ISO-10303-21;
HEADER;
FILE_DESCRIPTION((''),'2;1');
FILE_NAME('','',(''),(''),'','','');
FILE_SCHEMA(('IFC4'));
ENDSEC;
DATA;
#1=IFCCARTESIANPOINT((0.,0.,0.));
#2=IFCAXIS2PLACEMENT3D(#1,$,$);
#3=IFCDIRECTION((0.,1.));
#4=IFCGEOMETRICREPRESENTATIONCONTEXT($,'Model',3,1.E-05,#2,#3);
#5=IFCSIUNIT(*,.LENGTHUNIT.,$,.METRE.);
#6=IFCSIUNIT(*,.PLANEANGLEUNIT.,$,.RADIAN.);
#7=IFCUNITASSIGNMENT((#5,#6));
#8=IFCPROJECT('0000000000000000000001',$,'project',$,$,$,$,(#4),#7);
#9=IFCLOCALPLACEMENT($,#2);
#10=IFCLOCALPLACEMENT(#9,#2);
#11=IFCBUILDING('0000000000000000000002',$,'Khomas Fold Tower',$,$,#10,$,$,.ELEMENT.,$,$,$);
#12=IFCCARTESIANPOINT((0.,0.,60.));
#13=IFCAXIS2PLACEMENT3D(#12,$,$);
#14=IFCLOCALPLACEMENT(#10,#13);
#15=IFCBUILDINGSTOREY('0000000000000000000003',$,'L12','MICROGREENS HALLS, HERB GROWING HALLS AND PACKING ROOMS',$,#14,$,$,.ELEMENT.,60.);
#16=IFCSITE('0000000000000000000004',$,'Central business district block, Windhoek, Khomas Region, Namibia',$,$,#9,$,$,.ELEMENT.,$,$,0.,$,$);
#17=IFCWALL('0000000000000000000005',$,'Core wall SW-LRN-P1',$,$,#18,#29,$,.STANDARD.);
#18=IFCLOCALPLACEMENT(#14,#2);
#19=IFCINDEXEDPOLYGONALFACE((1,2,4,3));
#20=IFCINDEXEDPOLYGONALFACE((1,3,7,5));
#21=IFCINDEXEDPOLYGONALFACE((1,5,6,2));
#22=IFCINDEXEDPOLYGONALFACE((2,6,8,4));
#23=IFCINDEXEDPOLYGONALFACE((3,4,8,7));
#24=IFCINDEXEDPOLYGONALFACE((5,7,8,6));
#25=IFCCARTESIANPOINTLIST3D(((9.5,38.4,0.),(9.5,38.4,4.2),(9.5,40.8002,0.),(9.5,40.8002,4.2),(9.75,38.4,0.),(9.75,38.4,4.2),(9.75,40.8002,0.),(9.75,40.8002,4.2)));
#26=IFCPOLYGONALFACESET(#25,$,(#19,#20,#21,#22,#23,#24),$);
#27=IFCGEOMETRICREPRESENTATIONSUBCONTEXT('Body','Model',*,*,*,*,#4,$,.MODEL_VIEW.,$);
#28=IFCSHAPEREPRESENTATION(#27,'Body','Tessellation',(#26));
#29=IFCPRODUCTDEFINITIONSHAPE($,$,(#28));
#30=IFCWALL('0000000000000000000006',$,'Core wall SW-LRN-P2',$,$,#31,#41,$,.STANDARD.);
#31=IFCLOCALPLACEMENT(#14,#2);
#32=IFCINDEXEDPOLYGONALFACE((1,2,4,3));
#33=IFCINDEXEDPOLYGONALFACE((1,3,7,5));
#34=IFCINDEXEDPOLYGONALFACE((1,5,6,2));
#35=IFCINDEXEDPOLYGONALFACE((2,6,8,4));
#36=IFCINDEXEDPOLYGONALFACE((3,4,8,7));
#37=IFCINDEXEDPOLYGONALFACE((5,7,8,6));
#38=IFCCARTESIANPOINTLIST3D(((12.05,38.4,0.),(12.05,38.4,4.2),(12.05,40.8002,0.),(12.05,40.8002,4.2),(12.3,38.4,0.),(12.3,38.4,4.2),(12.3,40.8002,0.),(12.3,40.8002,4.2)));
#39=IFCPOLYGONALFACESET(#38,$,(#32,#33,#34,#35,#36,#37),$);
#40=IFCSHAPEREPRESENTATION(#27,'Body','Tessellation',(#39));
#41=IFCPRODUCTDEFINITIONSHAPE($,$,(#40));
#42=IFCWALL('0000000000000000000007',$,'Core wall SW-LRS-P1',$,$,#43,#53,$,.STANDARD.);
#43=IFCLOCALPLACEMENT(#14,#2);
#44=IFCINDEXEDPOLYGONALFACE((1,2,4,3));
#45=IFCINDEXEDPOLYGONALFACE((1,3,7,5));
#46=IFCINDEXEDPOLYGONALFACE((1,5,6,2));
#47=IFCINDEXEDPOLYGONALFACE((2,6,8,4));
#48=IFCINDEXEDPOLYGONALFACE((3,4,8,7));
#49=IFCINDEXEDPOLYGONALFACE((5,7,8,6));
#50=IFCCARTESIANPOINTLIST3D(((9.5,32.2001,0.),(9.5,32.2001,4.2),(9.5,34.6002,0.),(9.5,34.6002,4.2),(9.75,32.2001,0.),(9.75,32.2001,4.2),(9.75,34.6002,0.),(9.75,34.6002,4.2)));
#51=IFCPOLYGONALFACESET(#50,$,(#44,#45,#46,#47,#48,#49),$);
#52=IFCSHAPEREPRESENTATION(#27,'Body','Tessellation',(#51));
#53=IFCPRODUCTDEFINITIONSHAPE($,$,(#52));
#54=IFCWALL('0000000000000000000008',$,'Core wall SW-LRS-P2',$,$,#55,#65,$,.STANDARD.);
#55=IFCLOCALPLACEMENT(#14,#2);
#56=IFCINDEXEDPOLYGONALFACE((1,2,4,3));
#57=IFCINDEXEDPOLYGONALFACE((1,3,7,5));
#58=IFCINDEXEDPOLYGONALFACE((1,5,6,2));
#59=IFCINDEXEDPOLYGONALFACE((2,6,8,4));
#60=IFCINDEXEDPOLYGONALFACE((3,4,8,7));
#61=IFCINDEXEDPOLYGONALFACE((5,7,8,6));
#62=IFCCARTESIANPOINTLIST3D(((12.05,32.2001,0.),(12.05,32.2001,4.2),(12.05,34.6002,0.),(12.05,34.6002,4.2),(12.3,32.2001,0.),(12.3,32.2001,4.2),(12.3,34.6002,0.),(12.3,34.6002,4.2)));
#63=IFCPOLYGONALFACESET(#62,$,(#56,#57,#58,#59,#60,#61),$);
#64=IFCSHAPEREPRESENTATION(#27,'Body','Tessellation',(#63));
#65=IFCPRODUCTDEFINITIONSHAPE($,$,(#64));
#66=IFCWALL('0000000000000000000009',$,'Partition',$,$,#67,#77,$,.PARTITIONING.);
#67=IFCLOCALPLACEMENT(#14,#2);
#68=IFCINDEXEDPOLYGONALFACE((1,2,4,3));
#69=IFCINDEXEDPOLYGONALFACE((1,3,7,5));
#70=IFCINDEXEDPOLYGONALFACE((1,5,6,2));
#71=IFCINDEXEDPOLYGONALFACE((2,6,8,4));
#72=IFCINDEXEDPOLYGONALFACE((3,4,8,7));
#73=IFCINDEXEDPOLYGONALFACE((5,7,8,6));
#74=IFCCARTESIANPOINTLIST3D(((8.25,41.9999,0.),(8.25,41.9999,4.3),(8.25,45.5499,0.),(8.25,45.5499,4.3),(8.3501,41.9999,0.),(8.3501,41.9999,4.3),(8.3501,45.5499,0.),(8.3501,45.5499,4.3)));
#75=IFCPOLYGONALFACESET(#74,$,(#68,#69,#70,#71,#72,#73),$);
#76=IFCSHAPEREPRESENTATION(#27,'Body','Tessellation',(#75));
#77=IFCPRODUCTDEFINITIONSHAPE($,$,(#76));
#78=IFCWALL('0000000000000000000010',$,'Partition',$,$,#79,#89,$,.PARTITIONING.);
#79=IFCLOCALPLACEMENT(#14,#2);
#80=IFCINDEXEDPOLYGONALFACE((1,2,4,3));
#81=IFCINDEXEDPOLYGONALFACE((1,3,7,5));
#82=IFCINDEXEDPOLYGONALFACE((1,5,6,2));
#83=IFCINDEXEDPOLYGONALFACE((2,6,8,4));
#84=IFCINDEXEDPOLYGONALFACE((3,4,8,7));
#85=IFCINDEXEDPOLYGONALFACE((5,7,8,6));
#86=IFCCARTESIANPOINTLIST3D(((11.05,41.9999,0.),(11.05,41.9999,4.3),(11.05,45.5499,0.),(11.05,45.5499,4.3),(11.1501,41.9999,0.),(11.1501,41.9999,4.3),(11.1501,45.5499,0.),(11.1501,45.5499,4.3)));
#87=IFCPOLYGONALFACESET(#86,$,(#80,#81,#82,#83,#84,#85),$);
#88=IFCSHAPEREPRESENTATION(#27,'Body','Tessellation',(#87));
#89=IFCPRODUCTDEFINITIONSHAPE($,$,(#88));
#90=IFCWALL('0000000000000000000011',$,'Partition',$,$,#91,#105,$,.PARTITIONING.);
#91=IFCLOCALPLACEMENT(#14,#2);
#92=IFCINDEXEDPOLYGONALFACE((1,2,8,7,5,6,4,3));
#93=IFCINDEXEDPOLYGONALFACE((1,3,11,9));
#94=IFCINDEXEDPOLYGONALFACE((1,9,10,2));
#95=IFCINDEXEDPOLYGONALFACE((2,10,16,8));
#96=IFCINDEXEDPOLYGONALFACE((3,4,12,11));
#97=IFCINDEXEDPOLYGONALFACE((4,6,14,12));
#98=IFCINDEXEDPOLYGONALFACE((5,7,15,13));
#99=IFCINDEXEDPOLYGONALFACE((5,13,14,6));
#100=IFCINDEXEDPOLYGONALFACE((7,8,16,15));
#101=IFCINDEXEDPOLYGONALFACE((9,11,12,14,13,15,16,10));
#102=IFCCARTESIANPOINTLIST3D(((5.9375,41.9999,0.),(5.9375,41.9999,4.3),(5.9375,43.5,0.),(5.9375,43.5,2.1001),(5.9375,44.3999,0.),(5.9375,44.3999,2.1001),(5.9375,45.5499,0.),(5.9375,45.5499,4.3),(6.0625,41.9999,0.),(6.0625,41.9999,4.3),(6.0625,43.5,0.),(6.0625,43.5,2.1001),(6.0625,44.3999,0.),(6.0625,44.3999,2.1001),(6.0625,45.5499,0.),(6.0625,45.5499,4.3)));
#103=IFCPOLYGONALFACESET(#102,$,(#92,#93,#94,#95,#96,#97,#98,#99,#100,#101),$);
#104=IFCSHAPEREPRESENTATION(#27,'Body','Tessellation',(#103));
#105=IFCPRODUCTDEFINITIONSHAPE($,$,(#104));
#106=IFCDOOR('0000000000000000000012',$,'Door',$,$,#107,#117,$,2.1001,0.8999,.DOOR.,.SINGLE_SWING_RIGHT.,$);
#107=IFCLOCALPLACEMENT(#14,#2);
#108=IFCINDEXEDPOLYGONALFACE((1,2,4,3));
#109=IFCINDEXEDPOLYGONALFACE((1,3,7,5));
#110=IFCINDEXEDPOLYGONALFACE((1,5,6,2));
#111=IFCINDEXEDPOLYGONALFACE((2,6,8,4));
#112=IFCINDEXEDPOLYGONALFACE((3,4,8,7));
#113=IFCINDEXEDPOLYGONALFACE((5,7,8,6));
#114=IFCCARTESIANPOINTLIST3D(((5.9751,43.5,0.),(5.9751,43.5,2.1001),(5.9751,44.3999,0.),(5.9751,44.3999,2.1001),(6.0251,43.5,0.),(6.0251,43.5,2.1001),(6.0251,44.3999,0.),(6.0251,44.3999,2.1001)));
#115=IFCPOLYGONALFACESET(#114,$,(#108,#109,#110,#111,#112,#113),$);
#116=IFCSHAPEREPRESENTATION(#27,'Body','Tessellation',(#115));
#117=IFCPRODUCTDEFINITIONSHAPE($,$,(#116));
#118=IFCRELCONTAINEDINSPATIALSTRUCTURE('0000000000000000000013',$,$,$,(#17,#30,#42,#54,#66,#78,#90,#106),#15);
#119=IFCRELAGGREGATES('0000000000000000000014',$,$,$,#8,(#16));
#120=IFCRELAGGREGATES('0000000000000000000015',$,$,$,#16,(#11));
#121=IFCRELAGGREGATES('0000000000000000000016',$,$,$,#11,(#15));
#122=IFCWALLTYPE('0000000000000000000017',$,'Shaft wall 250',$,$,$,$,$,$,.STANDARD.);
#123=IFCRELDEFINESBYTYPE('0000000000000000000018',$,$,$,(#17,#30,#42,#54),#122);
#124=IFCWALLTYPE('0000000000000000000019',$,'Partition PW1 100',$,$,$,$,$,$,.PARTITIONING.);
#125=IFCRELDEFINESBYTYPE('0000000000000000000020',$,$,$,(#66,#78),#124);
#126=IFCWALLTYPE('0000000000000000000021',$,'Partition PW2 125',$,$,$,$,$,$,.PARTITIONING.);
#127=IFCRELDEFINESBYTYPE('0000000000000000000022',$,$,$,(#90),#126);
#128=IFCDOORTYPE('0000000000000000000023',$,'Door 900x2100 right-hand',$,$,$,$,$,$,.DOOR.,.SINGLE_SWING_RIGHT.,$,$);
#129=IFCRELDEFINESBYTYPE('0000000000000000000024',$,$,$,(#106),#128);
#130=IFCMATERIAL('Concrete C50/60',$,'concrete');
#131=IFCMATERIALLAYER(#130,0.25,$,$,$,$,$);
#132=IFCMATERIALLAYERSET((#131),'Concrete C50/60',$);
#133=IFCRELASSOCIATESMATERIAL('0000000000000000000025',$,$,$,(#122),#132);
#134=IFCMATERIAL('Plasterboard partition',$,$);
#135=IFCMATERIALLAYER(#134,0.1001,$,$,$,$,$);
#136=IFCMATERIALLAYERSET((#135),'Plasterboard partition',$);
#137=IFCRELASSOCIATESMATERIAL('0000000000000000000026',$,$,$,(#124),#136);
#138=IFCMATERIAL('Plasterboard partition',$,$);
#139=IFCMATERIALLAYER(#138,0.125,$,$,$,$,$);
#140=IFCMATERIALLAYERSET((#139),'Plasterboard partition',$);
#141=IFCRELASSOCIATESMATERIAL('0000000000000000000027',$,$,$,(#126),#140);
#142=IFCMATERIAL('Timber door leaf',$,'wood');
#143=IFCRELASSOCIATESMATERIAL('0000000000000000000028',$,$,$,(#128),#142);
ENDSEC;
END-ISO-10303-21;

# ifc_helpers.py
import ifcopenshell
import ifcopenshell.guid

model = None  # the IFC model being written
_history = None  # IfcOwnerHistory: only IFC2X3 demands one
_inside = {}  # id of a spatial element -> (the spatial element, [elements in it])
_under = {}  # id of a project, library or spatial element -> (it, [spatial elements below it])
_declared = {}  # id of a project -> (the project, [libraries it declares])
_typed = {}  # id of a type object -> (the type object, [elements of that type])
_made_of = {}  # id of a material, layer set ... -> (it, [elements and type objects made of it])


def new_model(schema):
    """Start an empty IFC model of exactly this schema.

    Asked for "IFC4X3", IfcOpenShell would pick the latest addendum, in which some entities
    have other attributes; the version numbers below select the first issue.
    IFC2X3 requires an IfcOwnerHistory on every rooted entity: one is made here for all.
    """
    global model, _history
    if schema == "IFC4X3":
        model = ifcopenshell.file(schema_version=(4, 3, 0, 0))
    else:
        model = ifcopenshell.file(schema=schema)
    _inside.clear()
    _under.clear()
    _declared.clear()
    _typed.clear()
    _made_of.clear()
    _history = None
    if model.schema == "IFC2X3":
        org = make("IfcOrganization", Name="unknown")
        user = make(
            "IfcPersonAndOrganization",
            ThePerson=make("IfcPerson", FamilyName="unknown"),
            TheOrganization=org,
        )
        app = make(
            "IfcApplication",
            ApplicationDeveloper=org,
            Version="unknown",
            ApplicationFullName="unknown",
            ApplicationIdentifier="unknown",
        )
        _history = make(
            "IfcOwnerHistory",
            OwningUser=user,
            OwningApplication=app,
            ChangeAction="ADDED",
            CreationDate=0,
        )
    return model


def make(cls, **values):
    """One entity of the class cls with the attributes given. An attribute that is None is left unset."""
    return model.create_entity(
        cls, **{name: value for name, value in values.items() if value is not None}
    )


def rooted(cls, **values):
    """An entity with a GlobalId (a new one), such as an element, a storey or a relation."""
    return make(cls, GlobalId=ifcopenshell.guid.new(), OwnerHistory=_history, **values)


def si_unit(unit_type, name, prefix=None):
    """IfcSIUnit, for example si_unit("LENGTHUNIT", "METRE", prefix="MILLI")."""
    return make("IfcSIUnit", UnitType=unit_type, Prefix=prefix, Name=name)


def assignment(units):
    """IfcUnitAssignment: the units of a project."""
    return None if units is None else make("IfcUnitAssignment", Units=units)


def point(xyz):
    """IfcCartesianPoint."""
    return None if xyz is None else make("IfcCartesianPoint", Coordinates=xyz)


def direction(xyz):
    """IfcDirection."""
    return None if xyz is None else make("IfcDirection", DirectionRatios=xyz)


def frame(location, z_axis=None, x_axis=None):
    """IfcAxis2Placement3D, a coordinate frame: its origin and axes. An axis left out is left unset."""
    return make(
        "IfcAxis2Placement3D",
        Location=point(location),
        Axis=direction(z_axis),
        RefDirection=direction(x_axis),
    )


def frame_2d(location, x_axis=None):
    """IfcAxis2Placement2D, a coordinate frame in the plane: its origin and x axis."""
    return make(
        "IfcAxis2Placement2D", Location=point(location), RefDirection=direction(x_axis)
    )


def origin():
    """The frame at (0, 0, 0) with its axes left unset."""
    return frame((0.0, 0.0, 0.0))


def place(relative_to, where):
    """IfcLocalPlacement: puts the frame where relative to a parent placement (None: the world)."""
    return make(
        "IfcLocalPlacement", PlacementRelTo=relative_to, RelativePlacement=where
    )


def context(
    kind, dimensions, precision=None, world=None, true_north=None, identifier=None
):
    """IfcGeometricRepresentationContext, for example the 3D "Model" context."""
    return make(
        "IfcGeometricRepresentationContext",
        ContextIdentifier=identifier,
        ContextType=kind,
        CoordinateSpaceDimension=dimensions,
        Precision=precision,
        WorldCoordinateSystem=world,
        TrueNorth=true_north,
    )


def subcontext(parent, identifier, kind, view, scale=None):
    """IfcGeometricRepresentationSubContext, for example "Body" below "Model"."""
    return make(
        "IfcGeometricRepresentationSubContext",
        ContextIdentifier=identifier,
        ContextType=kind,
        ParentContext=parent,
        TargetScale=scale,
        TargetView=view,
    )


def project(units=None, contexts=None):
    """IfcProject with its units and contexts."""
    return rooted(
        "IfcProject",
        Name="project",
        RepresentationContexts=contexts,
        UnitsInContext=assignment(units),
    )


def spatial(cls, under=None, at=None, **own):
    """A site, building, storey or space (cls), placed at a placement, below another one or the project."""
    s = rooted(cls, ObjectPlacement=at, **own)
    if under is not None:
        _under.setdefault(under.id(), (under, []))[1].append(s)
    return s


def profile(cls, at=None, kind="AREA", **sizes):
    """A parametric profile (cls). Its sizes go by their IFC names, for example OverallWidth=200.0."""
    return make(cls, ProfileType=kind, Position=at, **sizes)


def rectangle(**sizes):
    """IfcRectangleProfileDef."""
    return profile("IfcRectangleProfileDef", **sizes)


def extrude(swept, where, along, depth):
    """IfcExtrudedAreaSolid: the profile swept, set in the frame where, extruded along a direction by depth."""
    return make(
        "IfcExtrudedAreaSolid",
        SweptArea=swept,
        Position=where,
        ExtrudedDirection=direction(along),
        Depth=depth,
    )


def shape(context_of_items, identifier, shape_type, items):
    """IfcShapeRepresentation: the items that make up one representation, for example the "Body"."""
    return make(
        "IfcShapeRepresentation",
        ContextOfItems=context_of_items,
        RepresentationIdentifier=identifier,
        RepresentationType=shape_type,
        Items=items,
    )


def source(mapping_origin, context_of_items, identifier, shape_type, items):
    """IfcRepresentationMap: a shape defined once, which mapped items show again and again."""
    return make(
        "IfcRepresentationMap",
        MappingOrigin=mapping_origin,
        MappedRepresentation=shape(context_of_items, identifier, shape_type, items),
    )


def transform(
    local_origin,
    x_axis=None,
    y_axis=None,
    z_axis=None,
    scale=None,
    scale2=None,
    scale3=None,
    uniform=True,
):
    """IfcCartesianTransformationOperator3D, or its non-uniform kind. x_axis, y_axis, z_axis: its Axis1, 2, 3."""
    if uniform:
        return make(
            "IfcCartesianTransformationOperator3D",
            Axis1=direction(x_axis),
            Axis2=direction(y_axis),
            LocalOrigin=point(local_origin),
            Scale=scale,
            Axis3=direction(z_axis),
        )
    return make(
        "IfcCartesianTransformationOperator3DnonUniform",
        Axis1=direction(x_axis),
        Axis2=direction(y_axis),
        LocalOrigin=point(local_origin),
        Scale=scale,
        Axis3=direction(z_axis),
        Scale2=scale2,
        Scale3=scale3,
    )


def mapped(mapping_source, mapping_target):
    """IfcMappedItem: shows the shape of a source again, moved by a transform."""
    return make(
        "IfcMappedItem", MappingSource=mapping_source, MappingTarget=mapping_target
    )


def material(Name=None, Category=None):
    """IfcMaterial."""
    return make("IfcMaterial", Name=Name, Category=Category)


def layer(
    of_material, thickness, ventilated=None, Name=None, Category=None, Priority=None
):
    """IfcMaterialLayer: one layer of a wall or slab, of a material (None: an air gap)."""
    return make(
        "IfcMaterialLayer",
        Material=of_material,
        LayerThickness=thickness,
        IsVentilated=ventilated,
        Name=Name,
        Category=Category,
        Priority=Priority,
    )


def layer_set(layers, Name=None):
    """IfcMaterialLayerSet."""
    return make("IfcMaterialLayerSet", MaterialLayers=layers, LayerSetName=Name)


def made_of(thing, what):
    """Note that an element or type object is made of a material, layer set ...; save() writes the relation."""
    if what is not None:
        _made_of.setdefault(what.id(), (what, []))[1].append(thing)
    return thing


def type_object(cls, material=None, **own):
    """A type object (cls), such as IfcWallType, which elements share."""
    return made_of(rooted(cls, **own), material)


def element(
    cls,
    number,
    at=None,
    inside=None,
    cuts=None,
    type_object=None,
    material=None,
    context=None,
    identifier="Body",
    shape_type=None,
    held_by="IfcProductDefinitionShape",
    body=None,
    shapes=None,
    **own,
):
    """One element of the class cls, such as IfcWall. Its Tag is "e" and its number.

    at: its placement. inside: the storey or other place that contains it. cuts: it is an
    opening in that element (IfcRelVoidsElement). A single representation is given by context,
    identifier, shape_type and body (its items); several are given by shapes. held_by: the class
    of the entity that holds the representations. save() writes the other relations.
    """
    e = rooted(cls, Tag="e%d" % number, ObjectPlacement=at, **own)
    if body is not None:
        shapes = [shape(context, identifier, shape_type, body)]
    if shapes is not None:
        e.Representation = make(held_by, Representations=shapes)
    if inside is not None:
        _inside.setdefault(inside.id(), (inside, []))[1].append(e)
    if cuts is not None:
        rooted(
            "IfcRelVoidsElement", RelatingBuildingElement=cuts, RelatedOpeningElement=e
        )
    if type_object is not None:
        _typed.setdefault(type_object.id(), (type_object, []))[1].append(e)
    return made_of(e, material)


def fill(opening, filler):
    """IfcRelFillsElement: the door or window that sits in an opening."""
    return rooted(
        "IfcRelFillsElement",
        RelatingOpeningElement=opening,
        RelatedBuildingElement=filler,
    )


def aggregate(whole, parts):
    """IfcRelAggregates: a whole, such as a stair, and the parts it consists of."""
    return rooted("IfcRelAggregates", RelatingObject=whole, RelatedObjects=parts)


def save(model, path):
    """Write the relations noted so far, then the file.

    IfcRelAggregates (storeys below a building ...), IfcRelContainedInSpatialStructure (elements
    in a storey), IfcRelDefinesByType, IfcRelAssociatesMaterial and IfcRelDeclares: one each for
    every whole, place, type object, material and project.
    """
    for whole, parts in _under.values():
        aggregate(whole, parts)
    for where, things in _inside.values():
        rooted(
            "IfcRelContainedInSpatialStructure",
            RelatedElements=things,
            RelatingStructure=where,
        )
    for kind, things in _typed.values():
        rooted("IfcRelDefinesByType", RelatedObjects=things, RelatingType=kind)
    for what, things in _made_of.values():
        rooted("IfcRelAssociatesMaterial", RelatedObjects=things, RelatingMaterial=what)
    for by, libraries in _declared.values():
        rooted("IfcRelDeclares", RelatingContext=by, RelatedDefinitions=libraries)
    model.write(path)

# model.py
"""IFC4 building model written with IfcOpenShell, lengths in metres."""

from ifc_helpers import new_model, si_unit, direction, frame, frame_2d, origin, place, context, subcontext, project, spatial, rectangle, extrude, source, transform, mapped, material, layer, layer_set, type_object, element, fill, save


model = new_model("IFC4")

# Units and contexts
model_context = context("Model", 3, precision=1e-05, world=origin(), true_north=direction((0.0, 1.0)))
body_context = subcontext(model_context, "Body", "Model", "MODEL_VIEW")
ifc_project = project(units=[si_unit("LENGTHUNIT", "METRE"), si_unit("PLANEANGLEUNIT", "RADIAN")], contexts=[model_context])

# Site, building, storey
site_placement = place(None, origin())
site = spatial("IfcSite", under=ifc_project, at=site_placement, Name="Central business district block, Windhoek, Khomas Region, Namibia", CompositionType="ELEMENT", RefElevation=0.0)
building_placement = place(site_placement, origin())
building = spatial("IfcBuilding", under=site, at=building_placement, Name="Khomas Fold Tower", CompositionType="ELEMENT")
storey_placement = place(building_placement, frame((0.0, 0.0, 60.0)))
storey = spatial("IfcBuildingStorey", under=building, at=storey_placement, Name="L12", Description="MICROGREENS HALLS, HERB GROWING HALLS AND PACKING ROOMS", CompositionType="ELEMENT", Elevation=60.0)

# Walls
ifc_material_1 = material(Name="Concrete C50/60", Category="concrete")
ifc_layer_1 = layer(ifc_material_1, 0.25)
ifc_layer_set_1 = layer_set([ifc_layer_1], Name="Concrete C50/60")
wall_type_1 = type_object("IfcWallType", Name="Shaft wall 250", PredefinedType="STANDARD", material=ifc_layer_set_1)
shared_shape_1 = source(origin(), body_context, "Body", "SweptSolid", [
    extrude(rectangle(XDim=2.4001, YDim=0.25, at=frame_2d((1.2002, 0.0))), origin(), (0.0, 0.0, 1.0), 4.2),
])
for number, where, z_axis, x_axis, name in (
    (1, (9.625, 38.3999, 0.0), (0.0, 0.0, 1.0), (0.0, 1.0, 0.0), "Core wall SW-LRN-P1"),
    (2, (12.175, 38.3999, 0.0), (0.0, 0.0, 1.0), (0.0, 1.0, 0.0), "Core wall SW-LRN-P2"),
    (3, (9.625, 32.2, 0.0), (0.0, 0.0, 1.0), (0.0, 1.0, 0.0), "Core wall SW-LRS-P1"),
    (4, (12.175, 32.2, 0.0), (0.0, 0.0, 1.0), (0.0, 1.0, 0.0), "Core wall SW-LRS-P2"),
):
    element("IfcWall", number, at=place(storey_placement, frame(where, z_axis=z_axis, x_axis=x_axis)), inside=storey, type_object=wall_type_1, Name=name, PredefinedType="STANDARD", context=body_context, shape_type="MappedRepresentation", body=[
        mapped(shared_shape_1, transform((0.0, 0.0, 0.0))),
    ])

# Walls
ifc_material_2 = material(Name="Plasterboard partition")
ifc_layer_2 = layer(ifc_material_2, 0.1001)
ifc_layer_set_2 = layer_set([ifc_layer_2], Name="Plasterboard partition")
wall_type_2 = type_object("IfcWallType", Name="Partition PW1 100", PredefinedType="PARTITIONING", material=ifc_layer_set_2)
shared_shape_2 = source(origin(), body_context, "Body", "SweptSolid", [
    extrude(rectangle(XDim=3.55, YDim=0.1001, at=frame_2d((1.7749, 0.0))), origin(), (0.0, 0.0, 1.0), 4.3),
])
for number, where, z_axis, x_axis, name in (
    (5, (8.3, 42.0, 0.0), (0.0, 0.0, 1.0), (0.0, 1.0, 0.0), "Partition"),
    (6, (11.1001, 42.0, 0.0), (0.0, 0.0, 1.0), (0.0, 1.0, 0.0), "Partition"),
):
    element("IfcWall", number, at=place(storey_placement, frame(where, z_axis=z_axis, x_axis=x_axis)), inside=storey, type_object=wall_type_2, Name=name, PredefinedType="PARTITIONING", context=body_context, shape_type="MappedRepresentation", body=[
        mapped(shared_shape_2, transform((0.0, 0.0, 0.0))),
    ])

# Wall, opening, door
ifc_material_3 = material(Name="Plasterboard partition")
ifc_layer_3 = layer(ifc_material_3, 0.125)
ifc_layer_set_3 = layer_set([ifc_layer_3], Name="Plasterboard partition")
wall_type_3 = type_object("IfcWallType", Name="Partition PW2 125", PredefinedType="PARTITIONING", material=ifc_layer_set_3)
shared_shape_3 = source(origin(), body_context, "Body", "SweptSolid", [
    extrude(rectangle(XDim=3.55, YDim=0.125, at=frame_2d((1.7749, 0.0))), origin(), (0.0, 0.0, 1.0), 4.3),
])
wall_1_placement = place(storey_placement, frame((6.0, 42.0, 0.0), z_axis=(0.0, 0.0, 1.0), x_axis=(0.0, 1.0, 0.0)))
wall_1 = element("IfcWall", 7, at=wall_1_placement, inside=storey, type_object=wall_type_3, Name="Partition", PredefinedType="PARTITIONING", context=body_context, shape_type="MappedRepresentation", body=[
    mapped(shared_shape_3, transform((0.0, 0.0, 0.0))),
])
shared_shape_4 = source(origin(), body_context, "Body", "SweptSolid", [
    extrude(rectangle(XDim=0.8999, YDim=2.1001, at=frame_2d((0.45, 1.05))), frame((0.0, 0.0725, 0.0), z_axis=(0.0, -1.0, 0.0), x_axis=(1.0, 0.0, 0.0)), (0.0, 0.0, 1.0), 0.145),
])
opening_1_placement = place(wall_1_placement, frame((1.5, 0.0, 0.0)))
opening_1 = element("IfcOpeningElement", 8, at=opening_1_placement, cuts=wall_1, PredefinedType="OPENING", context=body_context, shape_type="MappedRepresentation", body=[
    mapped(shared_shape_4, transform((0.0, 0.0, 0.0))),
])
ifc_material_4 = material(Name="Timber door leaf", Category="wood")
door_type_1 = type_object("IfcDoorType", Name="Door 900x2100 right-hand", OperationType="SINGLE_SWING_RIGHT", PredefinedType="DOOR", material=ifc_material_4)
shared_shape_5 = source(origin(), body_context, "Body", "SweptSolid", [
    extrude(rectangle(XDim=0.8999, YDim=2.1001, at=frame_2d((0.45, 1.05))), frame((0.0, 0.0249, 0.0), z_axis=(0.0, -1.0, 0.0), x_axis=(1.0, 0.0, 0.0)), (0.0, 0.0, 1.0), 0.05),
])
door_1_placement = place(opening_1_placement, origin())
door_1 = element("IfcDoor", 9, at=door_1_placement, inside=storey, type_object=door_type_1, Name="Door", OperationType="SINGLE_SWING_RIGHT", OverallHeight=2.1001, OverallWidth=0.8999, PredefinedType="DOOR", context=body_context, shape_type="MappedRepresentation", body=[
    mapped(shared_shape_5, transform((0.0, 0.0, 0.0))),
])
fill(opening_1, door_1)

save(model, "model.ifc")
